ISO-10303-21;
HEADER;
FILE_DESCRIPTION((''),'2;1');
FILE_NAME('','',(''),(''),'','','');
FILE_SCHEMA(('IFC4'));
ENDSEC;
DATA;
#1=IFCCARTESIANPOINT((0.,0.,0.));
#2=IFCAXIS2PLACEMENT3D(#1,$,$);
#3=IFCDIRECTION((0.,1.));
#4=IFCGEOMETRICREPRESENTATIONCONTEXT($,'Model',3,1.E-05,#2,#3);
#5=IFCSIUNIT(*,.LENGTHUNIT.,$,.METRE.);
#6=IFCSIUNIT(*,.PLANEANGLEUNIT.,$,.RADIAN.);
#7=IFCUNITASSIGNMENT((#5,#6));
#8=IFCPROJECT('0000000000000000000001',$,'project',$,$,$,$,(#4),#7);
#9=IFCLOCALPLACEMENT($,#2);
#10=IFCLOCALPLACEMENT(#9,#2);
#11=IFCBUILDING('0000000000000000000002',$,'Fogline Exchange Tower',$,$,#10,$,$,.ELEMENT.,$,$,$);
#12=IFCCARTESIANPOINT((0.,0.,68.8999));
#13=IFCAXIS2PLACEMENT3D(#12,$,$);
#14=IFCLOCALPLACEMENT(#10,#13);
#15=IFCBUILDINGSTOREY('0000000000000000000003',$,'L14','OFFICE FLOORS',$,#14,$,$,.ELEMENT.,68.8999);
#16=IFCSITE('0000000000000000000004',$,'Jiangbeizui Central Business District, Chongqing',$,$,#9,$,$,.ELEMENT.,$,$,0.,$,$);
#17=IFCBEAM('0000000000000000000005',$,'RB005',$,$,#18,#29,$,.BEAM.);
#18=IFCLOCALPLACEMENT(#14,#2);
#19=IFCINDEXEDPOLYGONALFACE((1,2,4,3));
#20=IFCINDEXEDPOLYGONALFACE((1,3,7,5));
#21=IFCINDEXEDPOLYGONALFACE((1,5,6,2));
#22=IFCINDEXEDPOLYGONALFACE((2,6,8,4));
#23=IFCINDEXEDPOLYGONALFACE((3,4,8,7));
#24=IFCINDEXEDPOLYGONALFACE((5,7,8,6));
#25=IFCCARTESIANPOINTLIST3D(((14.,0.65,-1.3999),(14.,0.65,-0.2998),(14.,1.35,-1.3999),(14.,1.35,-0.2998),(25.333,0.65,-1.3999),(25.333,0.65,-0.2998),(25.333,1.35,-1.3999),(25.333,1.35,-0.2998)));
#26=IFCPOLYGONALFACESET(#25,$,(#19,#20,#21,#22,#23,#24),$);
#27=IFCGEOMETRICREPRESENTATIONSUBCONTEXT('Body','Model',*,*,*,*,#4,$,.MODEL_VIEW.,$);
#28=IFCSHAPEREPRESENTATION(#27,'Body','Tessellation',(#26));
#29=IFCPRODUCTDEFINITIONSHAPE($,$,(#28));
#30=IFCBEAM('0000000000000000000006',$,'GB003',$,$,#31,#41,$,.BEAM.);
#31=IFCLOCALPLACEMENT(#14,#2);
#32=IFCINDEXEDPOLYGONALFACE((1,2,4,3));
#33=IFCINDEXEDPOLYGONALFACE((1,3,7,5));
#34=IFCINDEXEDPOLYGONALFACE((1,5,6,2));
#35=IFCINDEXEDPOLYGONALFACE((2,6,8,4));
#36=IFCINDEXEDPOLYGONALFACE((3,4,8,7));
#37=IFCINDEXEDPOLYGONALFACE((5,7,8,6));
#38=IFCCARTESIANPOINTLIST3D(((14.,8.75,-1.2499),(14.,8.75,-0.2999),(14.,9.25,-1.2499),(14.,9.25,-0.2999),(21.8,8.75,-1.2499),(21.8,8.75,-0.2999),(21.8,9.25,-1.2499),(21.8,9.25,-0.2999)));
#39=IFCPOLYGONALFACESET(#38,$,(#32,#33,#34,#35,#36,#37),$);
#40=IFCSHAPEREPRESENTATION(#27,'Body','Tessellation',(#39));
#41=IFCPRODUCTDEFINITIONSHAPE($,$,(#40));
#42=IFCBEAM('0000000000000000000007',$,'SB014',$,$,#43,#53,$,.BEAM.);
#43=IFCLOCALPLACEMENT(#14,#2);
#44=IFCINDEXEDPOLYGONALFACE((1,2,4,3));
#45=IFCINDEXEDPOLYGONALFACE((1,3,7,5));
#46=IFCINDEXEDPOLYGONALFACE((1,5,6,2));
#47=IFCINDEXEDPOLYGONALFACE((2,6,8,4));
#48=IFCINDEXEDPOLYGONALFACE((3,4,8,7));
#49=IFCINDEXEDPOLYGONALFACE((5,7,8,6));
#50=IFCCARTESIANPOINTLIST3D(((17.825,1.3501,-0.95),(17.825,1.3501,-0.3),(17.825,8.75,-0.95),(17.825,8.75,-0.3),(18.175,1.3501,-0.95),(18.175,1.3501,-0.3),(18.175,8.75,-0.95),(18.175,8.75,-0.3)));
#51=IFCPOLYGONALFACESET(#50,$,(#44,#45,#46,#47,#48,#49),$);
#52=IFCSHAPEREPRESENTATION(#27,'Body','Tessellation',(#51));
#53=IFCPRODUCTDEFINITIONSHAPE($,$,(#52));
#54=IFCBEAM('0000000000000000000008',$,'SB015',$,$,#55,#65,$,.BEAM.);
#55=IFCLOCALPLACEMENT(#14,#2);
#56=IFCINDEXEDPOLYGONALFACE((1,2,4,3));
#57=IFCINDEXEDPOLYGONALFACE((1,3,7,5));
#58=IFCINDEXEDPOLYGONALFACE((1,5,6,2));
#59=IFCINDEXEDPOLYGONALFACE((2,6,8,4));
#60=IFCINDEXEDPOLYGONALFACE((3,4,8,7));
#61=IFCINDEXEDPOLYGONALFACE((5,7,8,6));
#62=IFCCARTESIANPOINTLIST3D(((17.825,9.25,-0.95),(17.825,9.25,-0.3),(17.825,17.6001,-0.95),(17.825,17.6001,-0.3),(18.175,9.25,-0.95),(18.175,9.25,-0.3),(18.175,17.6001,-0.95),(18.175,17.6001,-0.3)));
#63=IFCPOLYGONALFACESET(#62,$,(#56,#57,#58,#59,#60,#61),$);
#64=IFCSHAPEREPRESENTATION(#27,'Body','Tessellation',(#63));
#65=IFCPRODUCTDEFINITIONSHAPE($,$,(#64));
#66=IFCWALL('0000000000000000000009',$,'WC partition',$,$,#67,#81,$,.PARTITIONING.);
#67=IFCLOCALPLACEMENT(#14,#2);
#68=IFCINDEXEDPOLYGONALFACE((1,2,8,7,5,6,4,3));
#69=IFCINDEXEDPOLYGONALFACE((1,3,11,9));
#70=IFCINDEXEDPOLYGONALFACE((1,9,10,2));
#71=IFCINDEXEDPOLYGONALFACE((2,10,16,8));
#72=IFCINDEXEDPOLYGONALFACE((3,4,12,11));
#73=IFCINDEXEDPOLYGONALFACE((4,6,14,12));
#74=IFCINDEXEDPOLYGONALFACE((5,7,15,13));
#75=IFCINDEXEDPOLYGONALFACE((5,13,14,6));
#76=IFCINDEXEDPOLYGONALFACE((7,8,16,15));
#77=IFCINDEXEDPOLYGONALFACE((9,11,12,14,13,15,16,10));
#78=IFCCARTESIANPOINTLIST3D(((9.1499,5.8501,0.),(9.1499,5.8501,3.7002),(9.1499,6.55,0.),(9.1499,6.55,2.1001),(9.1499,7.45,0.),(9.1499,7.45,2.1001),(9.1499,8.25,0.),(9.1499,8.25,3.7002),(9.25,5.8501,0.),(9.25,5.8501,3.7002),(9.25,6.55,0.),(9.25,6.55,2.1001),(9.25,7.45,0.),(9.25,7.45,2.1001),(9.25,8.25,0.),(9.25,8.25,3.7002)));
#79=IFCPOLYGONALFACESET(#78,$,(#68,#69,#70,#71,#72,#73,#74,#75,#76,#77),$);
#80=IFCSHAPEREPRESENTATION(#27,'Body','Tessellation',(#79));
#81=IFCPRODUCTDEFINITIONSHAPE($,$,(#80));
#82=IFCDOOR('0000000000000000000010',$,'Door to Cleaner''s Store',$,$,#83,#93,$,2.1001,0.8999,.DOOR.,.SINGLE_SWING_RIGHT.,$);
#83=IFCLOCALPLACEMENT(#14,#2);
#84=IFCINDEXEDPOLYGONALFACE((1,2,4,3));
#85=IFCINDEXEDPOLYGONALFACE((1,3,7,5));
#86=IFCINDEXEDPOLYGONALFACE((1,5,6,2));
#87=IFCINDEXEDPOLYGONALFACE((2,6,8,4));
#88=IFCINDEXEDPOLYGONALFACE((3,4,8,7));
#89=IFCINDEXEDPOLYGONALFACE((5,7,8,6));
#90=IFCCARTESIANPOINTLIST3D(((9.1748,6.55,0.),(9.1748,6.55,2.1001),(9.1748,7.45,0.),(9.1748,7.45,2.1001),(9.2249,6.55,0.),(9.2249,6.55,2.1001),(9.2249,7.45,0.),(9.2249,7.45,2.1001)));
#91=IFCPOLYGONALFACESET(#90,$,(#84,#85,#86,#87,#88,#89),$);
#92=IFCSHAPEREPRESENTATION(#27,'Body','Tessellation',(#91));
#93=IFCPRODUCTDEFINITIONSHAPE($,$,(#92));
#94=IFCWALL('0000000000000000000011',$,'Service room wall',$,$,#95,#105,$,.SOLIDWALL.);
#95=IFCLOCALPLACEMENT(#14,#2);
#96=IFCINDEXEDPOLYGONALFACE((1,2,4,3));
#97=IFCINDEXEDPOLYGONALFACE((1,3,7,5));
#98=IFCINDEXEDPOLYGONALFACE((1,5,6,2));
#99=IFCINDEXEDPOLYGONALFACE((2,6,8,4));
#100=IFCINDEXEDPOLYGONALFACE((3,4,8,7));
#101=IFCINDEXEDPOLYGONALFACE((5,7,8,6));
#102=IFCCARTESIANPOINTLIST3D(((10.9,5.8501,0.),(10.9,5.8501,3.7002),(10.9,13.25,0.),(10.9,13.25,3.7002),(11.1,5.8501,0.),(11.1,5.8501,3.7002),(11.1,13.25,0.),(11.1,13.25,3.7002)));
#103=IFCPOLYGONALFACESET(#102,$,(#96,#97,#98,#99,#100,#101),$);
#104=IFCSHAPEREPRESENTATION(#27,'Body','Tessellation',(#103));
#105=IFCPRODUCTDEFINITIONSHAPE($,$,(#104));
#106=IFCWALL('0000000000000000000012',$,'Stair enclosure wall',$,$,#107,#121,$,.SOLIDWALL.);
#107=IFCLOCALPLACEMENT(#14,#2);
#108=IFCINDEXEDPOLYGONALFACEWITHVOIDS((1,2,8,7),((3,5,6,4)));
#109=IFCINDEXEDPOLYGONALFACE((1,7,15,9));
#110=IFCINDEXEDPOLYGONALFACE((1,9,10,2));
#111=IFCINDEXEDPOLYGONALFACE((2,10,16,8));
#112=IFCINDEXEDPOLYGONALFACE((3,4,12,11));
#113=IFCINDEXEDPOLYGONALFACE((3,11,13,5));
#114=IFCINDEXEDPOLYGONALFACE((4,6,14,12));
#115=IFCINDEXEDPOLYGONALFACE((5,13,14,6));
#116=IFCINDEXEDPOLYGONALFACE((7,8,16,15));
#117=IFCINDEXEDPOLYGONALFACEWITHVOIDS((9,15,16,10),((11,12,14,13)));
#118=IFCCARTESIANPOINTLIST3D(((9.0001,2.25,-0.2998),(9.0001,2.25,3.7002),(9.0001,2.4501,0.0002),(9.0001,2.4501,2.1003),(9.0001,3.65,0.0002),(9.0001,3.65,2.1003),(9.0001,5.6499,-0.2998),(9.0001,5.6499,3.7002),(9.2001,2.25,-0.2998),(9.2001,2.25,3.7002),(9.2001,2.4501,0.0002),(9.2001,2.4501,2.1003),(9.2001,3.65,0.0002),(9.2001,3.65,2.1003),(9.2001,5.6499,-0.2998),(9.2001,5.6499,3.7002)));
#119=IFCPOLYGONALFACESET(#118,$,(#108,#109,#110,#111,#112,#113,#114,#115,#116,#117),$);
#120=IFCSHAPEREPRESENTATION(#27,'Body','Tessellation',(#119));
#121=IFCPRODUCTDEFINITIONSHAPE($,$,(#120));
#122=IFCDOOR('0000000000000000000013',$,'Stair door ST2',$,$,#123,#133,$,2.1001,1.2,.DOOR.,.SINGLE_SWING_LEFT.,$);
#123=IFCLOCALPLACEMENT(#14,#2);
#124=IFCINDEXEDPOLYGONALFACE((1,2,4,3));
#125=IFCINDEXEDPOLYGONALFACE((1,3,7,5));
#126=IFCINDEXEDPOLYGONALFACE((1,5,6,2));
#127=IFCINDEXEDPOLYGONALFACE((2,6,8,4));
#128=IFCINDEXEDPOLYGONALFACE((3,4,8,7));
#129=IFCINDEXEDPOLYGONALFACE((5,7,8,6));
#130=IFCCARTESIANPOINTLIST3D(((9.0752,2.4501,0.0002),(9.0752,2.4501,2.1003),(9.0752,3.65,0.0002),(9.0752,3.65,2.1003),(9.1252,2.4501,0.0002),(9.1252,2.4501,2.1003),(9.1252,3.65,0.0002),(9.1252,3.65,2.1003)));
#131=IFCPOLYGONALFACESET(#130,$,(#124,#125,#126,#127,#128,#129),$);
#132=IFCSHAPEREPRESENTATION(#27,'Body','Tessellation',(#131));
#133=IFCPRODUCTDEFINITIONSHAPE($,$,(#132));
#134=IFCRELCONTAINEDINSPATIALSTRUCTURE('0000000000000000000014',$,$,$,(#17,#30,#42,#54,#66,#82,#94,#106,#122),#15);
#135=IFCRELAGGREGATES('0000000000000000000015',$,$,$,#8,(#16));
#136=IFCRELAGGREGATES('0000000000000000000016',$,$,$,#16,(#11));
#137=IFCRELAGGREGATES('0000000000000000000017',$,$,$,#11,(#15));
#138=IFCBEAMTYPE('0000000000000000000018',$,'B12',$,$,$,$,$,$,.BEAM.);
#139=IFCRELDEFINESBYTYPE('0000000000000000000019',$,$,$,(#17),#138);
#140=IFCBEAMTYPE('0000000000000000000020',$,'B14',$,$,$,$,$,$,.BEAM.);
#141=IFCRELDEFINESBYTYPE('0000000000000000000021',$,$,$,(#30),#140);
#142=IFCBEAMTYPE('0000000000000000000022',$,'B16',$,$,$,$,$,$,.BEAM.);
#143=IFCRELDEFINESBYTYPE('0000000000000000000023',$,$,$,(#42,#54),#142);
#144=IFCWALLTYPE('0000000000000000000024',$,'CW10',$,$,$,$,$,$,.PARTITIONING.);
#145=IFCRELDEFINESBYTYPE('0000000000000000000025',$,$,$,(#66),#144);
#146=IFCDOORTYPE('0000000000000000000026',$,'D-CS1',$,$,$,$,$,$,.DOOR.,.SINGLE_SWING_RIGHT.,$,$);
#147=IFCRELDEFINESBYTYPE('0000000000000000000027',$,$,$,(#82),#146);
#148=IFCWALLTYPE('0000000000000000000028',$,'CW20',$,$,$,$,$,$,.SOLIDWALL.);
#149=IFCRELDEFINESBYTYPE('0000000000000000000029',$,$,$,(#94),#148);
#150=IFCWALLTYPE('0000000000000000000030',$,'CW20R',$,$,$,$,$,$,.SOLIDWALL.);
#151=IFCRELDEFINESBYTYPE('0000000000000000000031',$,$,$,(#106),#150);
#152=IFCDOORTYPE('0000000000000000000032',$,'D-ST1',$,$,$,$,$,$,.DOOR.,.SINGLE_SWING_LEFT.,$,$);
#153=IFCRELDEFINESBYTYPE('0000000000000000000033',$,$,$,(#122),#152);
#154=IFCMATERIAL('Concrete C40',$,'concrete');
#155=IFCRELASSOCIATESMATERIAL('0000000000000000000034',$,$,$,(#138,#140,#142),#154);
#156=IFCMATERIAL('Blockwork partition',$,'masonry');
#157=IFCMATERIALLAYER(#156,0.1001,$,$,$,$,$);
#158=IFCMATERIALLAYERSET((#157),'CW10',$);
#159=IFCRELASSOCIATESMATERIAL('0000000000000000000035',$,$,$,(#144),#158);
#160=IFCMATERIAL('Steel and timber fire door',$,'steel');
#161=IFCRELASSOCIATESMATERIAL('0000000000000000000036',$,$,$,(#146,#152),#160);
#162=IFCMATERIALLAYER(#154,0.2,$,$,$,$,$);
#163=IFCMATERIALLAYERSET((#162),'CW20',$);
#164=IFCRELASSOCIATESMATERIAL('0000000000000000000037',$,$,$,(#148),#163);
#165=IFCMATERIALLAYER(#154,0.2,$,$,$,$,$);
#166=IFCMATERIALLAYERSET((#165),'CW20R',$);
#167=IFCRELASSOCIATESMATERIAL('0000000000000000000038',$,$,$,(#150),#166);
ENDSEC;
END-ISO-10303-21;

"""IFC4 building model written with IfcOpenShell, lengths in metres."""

from ifc_helpers import new_model, si_unit, direction, frame, frame_2d, origin, origin_2d, place, context, subcontext, project, spatial, rectangle, extrude, material, layer, layer_set, material_profile, profile_set, type_object, element, fill, save


model = new_model("IFC4")

# Units and contexts
model_context = context("Model", 3, precision=1e-05, world=origin(), true_north=direction((0.0, 1.0)))
body_context = subcontext(model_context, "Body", "Model", "MODEL_VIEW")
ifc_project = project(units=[si_unit("LENGTHUNIT", "METRE"), si_unit("PLANEANGLEUNIT", "RADIAN")], contexts=[model_context])

# Site, building, storey
site_placement = place(None, origin())
site = spatial("IfcSite", under=ifc_project, at=site_placement, Name="Jiangbeizui Central Business District, Chongqing", CompositionType="ELEMENT", RefElevation=0.0)
building_placement = place(site_placement, origin())
building = spatial("IfcBuilding", under=site, at=building_placement, Name="Fogline Exchange Tower", CompositionType="ELEMENT")
storey_placement = place(building_placement, frame((0.0, 0.0, 68.8999)))
storey = spatial("IfcBuildingStorey", under=building, at=storey_placement, Name="L14", Description="OFFICE FLOORS", CompositionType="ELEMENT", Elevation=68.8999)

# Beams
ifc_material_1 = material(Name="Concrete C40", Category="concrete")
ifc_material_profile_1 = material_profile(ifc_material_1, rectangle(XDim=0.7, YDim=1.1001, at=origin_2d()), Name="RC 700x1100")
ifc_profile_set_1 = profile_set([ifc_material_profile_1], Name="Concrete C40")
beam_type_1 = type_object("IfcBeamType", Name="B12", PredefinedType="BEAM", material=ifc_profile_set_1)
beam_1_placement = place(storey_placement, frame((14.0, 1.0, -0.8499), z_axis=(1.0, 0.0, 0.0), x_axis=(0.0, 1.0, 0.0)))
element("IfcBeam", 1, at=beam_1_placement, inside=storey, type_object=beam_type_1, Name="RB005", PredefinedType="BEAM", context=body_context, shape_type="SweptSolid", body=[
    extrude(rectangle(XDim=0.7, YDim=1.1001, at=origin_2d()), origin(), (0.0, 0.0, 1.0), 11.333),
])
ifc_material_profile_2 = material_profile(ifc_material_1, rectangle(XDim=0.5, YDim=0.95, at=origin_2d()), Name="RC 500x950")
ifc_profile_set_2 = profile_set([ifc_material_profile_2], Name="Concrete C40")
beam_type_2 = type_object("IfcBeamType", Name="B14", PredefinedType="BEAM", material=ifc_profile_set_2)
beam_2_placement = place(storey_placement, frame((14.0, 9.0, -0.7749), z_axis=(1.0, 0.0, 0.0), x_axis=(0.0, 1.0, 0.0)))
element("IfcBeam", 2, at=beam_2_placement, inside=storey, type_object=beam_type_2, Name="GB003", PredefinedType="BEAM", context=body_context, shape_type="SweptSolid", body=[
    extrude(rectangle(XDim=0.5, YDim=0.95, at=origin_2d()), origin(), (0.0, 0.0, 1.0), 7.8),
])
ifc_material_profile_3 = material_profile(ifc_material_1, rectangle(XDim=0.3501, YDim=0.6499, at=origin_2d()), Name="RC 350x650")
ifc_profile_set_3 = profile_set([ifc_material_profile_3], Name="Concrete C40")
beam_type_3 = type_object("IfcBeamType", Name="B16", PredefinedType="BEAM", material=ifc_profile_set_3)
beam_3_placement = place(storey_placement, frame((18.0, 1.3501, -0.625), z_axis=(0.0, 1.0, 0.0), x_axis=(-1.0, 0.0, 0.0)))
element("IfcBeam", 3, at=beam_3_placement, inside=storey, type_object=beam_type_3, Name="SB014", PredefinedType="BEAM", context=body_context, shape_type="SweptSolid", body=[
    extrude(rectangle(XDim=0.3501, YDim=0.6499, at=origin_2d()), origin(), (0.0, 0.0, 1.0), 7.3999),
])
beam_4_placement = place(storey_placement, frame((18.0, 9.25, -0.625), z_axis=(0.0, 1.0, 0.0), x_axis=(-1.0, 0.0, 0.0)))
element("IfcBeam", 4, at=beam_4_placement, inside=storey, type_object=beam_type_3, Name="SB015", PredefinedType="BEAM", context=body_context, shape_type="SweptSolid", body=[
    extrude(rectangle(XDim=0.3501, YDim=0.6499, at=origin_2d()), origin(), (0.0, 0.0, 1.0), 8.3501),
])

# Wall, opening, door
ifc_material_2 = material(Name="Blockwork partition", Category="masonry")
ifc_layer_1 = layer(ifc_material_2, 0.1001)
ifc_layer_set_1 = layer_set([ifc_layer_1], Name="CW10")
wall_type_1 = type_object("IfcWallType", Name="CW10", PredefinedType="PARTITIONING", material=ifc_layer_set_1)
wall_1_placement = place(storey_placement, frame((9.2, 5.8501, 0.0), z_axis=(0.0, 0.0, 1.0), x_axis=(0.0, 1.0, 0.0)))
wall_1 = element("IfcWall", 5, at=wall_1_placement, inside=storey, type_object=wall_type_1, Name="WC partition", PredefinedType="PARTITIONING", context=body_context, shape_type="SweptSolid", body=[
    extrude(rectangle(XDim=2.3999, YDim=0.1001, at=frame_2d((1.2, 0.0))), origin(), (0.0, 0.0, 1.0), 3.7002),
])
opening_1_placement = place(wall_1_placement, frame((0.7, 0.0, 0.0)))
opening_1 = element("IfcOpeningElement", 6, at=opening_1_placement, cuts=wall_1, PredefinedType="OPENING", context=body_context, shape_type="SweptSolid", body=[
    extrude(rectangle(XDim=0.8999, YDim=2.1001, at=frame_2d((0.45, 1.05))), frame((0.0, 0.0601, 0.0), z_axis=(0.0, -1.0, 0.0), x_axis=(1.0, 0.0, 0.0)), (0.0, 0.0, 1.0), 0.1201),
])
ifc_material_3 = material(Name="Steel and timber fire door", Category="steel")
door_type_1 = type_object("IfcDoorType", Name="D-CS1", OperationType="SINGLE_SWING_RIGHT", PredefinedType="DOOR", material=ifc_material_3)
door_1_placement = place(opening_1_placement, frame((0.8999, 0.0, 0.0), z_axis=(0.0, 0.0, 1.0), x_axis=(-1.0, 0.0, 0.0)))
door_1 = element("IfcDoor", 7, at=door_1_placement, inside=storey, type_object=door_type_1, Name="Door to Cleaner's Store", OperationType="SINGLE_SWING_RIGHT", OverallHeight=2.1001, OverallWidth=0.8999, PredefinedType="DOOR", context=body_context, shape_type="SweptSolid", body=[
    extrude(rectangle(XDim=0.8999, YDim=2.1001, at=frame_2d((0.45, 1.05))), frame((0.0, 0.0249, 0.0), z_axis=(0.0, -1.0, 0.0), x_axis=(1.0, 0.0, 0.0)), (0.0, 0.0, 1.0), 0.05),
])
fill(opening_1, door_1)

# Wall
ifc_layer_2 = layer(ifc_material_1, 0.2)
ifc_layer_set_2 = layer_set([ifc_layer_2], Name="CW20")
wall_type_2 = type_object("IfcWallType", Name="CW20", PredefinedType="SOLIDWALL", material=ifc_layer_set_2)
wall_2_placement = place(storey_placement, frame((11.0, 5.8501, 0.0), z_axis=(0.0, 0.0, 1.0), x_axis=(0.0, 1.0, 0.0)))
element("IfcWall", 8, at=wall_2_placement, inside=storey, type_object=wall_type_2, Name="Service room wall", PredefinedType="SOLIDWALL", context=body_context, shape_type="SweptSolid", body=[
    extrude(rectangle(XDim=7.3999, YDim=0.2, at=frame_2d((3.7, 0.0))), origin(), (0.0, 0.0, 1.0), 3.7002),
])

# Wall, opening, door
ifc_layer_3 = layer(ifc_material_1, 0.2)
ifc_layer_set_3 = layer_set([ifc_layer_3], Name="CW20R")
wall_type_3 = type_object("IfcWallType", Name="CW20R", PredefinedType="SOLIDWALL", material=ifc_layer_set_3)
wall_3_placement = place(storey_placement, frame((9.1001, 2.25, -0.2998), z_axis=(0.0, 0.0, 1.0), x_axis=(0.0, 1.0, 0.0)))
wall_3 = element("IfcWall", 9, at=wall_3_placement, inside=storey, type_object=wall_type_3, Name="Stair enclosure wall", PredefinedType="SOLIDWALL", context=body_context, shape_type="SweptSolid", body=[
    extrude(rectangle(XDim=3.3999, YDim=0.2, at=frame_2d((1.7, 0.0))), origin(), (0.0, 0.0, 1.0), 4.0),
])
opening_2_placement = place(wall_3_placement, frame((0.2, 0.0, 0.3)))
opening_2 = element("IfcOpeningElement", 10, at=opening_2_placement, cuts=wall_3, PredefinedType="OPENING", context=body_context, shape_type="SweptSolid", body=[
    extrude(rectangle(XDim=1.2, YDim=2.1001, at=frame_2d((0.6001, 1.05))), frame((0.0, 0.1099, 0.0), z_axis=(0.0, -1.0, 0.0), x_axis=(1.0, 0.0, 0.0)), (0.0, 0.0, 1.0), 0.22),
])
door_type_2 = type_object("IfcDoorType", Name="D-ST1", OperationType="SINGLE_SWING_LEFT", PredefinedType="DOOR", material=ifc_material_3)
door_2_placement = place(opening_2_placement, origin())
door_2 = element("IfcDoor", 11, at=door_2_placement, inside=storey, type_object=door_type_2, Name="Stair door ST2", OperationType="SINGLE_SWING_LEFT", OverallHeight=2.1001, OverallWidth=1.2, PredefinedType="DOOR", context=body_context, shape_type="SweptSolid", body=[
    extrude(rectangle(XDim=1.2, YDim=2.1001, at=frame_2d((0.6001, 1.05))), frame((0.0, 0.0249, 0.0), z_axis=(0.0, -1.0, 0.0), x_axis=(1.0, 0.0, 0.0)), (0.0, 0.0, 1.0), 0.05),
])
fill(opening_2, door_2)

save(model, "model.ifc")
